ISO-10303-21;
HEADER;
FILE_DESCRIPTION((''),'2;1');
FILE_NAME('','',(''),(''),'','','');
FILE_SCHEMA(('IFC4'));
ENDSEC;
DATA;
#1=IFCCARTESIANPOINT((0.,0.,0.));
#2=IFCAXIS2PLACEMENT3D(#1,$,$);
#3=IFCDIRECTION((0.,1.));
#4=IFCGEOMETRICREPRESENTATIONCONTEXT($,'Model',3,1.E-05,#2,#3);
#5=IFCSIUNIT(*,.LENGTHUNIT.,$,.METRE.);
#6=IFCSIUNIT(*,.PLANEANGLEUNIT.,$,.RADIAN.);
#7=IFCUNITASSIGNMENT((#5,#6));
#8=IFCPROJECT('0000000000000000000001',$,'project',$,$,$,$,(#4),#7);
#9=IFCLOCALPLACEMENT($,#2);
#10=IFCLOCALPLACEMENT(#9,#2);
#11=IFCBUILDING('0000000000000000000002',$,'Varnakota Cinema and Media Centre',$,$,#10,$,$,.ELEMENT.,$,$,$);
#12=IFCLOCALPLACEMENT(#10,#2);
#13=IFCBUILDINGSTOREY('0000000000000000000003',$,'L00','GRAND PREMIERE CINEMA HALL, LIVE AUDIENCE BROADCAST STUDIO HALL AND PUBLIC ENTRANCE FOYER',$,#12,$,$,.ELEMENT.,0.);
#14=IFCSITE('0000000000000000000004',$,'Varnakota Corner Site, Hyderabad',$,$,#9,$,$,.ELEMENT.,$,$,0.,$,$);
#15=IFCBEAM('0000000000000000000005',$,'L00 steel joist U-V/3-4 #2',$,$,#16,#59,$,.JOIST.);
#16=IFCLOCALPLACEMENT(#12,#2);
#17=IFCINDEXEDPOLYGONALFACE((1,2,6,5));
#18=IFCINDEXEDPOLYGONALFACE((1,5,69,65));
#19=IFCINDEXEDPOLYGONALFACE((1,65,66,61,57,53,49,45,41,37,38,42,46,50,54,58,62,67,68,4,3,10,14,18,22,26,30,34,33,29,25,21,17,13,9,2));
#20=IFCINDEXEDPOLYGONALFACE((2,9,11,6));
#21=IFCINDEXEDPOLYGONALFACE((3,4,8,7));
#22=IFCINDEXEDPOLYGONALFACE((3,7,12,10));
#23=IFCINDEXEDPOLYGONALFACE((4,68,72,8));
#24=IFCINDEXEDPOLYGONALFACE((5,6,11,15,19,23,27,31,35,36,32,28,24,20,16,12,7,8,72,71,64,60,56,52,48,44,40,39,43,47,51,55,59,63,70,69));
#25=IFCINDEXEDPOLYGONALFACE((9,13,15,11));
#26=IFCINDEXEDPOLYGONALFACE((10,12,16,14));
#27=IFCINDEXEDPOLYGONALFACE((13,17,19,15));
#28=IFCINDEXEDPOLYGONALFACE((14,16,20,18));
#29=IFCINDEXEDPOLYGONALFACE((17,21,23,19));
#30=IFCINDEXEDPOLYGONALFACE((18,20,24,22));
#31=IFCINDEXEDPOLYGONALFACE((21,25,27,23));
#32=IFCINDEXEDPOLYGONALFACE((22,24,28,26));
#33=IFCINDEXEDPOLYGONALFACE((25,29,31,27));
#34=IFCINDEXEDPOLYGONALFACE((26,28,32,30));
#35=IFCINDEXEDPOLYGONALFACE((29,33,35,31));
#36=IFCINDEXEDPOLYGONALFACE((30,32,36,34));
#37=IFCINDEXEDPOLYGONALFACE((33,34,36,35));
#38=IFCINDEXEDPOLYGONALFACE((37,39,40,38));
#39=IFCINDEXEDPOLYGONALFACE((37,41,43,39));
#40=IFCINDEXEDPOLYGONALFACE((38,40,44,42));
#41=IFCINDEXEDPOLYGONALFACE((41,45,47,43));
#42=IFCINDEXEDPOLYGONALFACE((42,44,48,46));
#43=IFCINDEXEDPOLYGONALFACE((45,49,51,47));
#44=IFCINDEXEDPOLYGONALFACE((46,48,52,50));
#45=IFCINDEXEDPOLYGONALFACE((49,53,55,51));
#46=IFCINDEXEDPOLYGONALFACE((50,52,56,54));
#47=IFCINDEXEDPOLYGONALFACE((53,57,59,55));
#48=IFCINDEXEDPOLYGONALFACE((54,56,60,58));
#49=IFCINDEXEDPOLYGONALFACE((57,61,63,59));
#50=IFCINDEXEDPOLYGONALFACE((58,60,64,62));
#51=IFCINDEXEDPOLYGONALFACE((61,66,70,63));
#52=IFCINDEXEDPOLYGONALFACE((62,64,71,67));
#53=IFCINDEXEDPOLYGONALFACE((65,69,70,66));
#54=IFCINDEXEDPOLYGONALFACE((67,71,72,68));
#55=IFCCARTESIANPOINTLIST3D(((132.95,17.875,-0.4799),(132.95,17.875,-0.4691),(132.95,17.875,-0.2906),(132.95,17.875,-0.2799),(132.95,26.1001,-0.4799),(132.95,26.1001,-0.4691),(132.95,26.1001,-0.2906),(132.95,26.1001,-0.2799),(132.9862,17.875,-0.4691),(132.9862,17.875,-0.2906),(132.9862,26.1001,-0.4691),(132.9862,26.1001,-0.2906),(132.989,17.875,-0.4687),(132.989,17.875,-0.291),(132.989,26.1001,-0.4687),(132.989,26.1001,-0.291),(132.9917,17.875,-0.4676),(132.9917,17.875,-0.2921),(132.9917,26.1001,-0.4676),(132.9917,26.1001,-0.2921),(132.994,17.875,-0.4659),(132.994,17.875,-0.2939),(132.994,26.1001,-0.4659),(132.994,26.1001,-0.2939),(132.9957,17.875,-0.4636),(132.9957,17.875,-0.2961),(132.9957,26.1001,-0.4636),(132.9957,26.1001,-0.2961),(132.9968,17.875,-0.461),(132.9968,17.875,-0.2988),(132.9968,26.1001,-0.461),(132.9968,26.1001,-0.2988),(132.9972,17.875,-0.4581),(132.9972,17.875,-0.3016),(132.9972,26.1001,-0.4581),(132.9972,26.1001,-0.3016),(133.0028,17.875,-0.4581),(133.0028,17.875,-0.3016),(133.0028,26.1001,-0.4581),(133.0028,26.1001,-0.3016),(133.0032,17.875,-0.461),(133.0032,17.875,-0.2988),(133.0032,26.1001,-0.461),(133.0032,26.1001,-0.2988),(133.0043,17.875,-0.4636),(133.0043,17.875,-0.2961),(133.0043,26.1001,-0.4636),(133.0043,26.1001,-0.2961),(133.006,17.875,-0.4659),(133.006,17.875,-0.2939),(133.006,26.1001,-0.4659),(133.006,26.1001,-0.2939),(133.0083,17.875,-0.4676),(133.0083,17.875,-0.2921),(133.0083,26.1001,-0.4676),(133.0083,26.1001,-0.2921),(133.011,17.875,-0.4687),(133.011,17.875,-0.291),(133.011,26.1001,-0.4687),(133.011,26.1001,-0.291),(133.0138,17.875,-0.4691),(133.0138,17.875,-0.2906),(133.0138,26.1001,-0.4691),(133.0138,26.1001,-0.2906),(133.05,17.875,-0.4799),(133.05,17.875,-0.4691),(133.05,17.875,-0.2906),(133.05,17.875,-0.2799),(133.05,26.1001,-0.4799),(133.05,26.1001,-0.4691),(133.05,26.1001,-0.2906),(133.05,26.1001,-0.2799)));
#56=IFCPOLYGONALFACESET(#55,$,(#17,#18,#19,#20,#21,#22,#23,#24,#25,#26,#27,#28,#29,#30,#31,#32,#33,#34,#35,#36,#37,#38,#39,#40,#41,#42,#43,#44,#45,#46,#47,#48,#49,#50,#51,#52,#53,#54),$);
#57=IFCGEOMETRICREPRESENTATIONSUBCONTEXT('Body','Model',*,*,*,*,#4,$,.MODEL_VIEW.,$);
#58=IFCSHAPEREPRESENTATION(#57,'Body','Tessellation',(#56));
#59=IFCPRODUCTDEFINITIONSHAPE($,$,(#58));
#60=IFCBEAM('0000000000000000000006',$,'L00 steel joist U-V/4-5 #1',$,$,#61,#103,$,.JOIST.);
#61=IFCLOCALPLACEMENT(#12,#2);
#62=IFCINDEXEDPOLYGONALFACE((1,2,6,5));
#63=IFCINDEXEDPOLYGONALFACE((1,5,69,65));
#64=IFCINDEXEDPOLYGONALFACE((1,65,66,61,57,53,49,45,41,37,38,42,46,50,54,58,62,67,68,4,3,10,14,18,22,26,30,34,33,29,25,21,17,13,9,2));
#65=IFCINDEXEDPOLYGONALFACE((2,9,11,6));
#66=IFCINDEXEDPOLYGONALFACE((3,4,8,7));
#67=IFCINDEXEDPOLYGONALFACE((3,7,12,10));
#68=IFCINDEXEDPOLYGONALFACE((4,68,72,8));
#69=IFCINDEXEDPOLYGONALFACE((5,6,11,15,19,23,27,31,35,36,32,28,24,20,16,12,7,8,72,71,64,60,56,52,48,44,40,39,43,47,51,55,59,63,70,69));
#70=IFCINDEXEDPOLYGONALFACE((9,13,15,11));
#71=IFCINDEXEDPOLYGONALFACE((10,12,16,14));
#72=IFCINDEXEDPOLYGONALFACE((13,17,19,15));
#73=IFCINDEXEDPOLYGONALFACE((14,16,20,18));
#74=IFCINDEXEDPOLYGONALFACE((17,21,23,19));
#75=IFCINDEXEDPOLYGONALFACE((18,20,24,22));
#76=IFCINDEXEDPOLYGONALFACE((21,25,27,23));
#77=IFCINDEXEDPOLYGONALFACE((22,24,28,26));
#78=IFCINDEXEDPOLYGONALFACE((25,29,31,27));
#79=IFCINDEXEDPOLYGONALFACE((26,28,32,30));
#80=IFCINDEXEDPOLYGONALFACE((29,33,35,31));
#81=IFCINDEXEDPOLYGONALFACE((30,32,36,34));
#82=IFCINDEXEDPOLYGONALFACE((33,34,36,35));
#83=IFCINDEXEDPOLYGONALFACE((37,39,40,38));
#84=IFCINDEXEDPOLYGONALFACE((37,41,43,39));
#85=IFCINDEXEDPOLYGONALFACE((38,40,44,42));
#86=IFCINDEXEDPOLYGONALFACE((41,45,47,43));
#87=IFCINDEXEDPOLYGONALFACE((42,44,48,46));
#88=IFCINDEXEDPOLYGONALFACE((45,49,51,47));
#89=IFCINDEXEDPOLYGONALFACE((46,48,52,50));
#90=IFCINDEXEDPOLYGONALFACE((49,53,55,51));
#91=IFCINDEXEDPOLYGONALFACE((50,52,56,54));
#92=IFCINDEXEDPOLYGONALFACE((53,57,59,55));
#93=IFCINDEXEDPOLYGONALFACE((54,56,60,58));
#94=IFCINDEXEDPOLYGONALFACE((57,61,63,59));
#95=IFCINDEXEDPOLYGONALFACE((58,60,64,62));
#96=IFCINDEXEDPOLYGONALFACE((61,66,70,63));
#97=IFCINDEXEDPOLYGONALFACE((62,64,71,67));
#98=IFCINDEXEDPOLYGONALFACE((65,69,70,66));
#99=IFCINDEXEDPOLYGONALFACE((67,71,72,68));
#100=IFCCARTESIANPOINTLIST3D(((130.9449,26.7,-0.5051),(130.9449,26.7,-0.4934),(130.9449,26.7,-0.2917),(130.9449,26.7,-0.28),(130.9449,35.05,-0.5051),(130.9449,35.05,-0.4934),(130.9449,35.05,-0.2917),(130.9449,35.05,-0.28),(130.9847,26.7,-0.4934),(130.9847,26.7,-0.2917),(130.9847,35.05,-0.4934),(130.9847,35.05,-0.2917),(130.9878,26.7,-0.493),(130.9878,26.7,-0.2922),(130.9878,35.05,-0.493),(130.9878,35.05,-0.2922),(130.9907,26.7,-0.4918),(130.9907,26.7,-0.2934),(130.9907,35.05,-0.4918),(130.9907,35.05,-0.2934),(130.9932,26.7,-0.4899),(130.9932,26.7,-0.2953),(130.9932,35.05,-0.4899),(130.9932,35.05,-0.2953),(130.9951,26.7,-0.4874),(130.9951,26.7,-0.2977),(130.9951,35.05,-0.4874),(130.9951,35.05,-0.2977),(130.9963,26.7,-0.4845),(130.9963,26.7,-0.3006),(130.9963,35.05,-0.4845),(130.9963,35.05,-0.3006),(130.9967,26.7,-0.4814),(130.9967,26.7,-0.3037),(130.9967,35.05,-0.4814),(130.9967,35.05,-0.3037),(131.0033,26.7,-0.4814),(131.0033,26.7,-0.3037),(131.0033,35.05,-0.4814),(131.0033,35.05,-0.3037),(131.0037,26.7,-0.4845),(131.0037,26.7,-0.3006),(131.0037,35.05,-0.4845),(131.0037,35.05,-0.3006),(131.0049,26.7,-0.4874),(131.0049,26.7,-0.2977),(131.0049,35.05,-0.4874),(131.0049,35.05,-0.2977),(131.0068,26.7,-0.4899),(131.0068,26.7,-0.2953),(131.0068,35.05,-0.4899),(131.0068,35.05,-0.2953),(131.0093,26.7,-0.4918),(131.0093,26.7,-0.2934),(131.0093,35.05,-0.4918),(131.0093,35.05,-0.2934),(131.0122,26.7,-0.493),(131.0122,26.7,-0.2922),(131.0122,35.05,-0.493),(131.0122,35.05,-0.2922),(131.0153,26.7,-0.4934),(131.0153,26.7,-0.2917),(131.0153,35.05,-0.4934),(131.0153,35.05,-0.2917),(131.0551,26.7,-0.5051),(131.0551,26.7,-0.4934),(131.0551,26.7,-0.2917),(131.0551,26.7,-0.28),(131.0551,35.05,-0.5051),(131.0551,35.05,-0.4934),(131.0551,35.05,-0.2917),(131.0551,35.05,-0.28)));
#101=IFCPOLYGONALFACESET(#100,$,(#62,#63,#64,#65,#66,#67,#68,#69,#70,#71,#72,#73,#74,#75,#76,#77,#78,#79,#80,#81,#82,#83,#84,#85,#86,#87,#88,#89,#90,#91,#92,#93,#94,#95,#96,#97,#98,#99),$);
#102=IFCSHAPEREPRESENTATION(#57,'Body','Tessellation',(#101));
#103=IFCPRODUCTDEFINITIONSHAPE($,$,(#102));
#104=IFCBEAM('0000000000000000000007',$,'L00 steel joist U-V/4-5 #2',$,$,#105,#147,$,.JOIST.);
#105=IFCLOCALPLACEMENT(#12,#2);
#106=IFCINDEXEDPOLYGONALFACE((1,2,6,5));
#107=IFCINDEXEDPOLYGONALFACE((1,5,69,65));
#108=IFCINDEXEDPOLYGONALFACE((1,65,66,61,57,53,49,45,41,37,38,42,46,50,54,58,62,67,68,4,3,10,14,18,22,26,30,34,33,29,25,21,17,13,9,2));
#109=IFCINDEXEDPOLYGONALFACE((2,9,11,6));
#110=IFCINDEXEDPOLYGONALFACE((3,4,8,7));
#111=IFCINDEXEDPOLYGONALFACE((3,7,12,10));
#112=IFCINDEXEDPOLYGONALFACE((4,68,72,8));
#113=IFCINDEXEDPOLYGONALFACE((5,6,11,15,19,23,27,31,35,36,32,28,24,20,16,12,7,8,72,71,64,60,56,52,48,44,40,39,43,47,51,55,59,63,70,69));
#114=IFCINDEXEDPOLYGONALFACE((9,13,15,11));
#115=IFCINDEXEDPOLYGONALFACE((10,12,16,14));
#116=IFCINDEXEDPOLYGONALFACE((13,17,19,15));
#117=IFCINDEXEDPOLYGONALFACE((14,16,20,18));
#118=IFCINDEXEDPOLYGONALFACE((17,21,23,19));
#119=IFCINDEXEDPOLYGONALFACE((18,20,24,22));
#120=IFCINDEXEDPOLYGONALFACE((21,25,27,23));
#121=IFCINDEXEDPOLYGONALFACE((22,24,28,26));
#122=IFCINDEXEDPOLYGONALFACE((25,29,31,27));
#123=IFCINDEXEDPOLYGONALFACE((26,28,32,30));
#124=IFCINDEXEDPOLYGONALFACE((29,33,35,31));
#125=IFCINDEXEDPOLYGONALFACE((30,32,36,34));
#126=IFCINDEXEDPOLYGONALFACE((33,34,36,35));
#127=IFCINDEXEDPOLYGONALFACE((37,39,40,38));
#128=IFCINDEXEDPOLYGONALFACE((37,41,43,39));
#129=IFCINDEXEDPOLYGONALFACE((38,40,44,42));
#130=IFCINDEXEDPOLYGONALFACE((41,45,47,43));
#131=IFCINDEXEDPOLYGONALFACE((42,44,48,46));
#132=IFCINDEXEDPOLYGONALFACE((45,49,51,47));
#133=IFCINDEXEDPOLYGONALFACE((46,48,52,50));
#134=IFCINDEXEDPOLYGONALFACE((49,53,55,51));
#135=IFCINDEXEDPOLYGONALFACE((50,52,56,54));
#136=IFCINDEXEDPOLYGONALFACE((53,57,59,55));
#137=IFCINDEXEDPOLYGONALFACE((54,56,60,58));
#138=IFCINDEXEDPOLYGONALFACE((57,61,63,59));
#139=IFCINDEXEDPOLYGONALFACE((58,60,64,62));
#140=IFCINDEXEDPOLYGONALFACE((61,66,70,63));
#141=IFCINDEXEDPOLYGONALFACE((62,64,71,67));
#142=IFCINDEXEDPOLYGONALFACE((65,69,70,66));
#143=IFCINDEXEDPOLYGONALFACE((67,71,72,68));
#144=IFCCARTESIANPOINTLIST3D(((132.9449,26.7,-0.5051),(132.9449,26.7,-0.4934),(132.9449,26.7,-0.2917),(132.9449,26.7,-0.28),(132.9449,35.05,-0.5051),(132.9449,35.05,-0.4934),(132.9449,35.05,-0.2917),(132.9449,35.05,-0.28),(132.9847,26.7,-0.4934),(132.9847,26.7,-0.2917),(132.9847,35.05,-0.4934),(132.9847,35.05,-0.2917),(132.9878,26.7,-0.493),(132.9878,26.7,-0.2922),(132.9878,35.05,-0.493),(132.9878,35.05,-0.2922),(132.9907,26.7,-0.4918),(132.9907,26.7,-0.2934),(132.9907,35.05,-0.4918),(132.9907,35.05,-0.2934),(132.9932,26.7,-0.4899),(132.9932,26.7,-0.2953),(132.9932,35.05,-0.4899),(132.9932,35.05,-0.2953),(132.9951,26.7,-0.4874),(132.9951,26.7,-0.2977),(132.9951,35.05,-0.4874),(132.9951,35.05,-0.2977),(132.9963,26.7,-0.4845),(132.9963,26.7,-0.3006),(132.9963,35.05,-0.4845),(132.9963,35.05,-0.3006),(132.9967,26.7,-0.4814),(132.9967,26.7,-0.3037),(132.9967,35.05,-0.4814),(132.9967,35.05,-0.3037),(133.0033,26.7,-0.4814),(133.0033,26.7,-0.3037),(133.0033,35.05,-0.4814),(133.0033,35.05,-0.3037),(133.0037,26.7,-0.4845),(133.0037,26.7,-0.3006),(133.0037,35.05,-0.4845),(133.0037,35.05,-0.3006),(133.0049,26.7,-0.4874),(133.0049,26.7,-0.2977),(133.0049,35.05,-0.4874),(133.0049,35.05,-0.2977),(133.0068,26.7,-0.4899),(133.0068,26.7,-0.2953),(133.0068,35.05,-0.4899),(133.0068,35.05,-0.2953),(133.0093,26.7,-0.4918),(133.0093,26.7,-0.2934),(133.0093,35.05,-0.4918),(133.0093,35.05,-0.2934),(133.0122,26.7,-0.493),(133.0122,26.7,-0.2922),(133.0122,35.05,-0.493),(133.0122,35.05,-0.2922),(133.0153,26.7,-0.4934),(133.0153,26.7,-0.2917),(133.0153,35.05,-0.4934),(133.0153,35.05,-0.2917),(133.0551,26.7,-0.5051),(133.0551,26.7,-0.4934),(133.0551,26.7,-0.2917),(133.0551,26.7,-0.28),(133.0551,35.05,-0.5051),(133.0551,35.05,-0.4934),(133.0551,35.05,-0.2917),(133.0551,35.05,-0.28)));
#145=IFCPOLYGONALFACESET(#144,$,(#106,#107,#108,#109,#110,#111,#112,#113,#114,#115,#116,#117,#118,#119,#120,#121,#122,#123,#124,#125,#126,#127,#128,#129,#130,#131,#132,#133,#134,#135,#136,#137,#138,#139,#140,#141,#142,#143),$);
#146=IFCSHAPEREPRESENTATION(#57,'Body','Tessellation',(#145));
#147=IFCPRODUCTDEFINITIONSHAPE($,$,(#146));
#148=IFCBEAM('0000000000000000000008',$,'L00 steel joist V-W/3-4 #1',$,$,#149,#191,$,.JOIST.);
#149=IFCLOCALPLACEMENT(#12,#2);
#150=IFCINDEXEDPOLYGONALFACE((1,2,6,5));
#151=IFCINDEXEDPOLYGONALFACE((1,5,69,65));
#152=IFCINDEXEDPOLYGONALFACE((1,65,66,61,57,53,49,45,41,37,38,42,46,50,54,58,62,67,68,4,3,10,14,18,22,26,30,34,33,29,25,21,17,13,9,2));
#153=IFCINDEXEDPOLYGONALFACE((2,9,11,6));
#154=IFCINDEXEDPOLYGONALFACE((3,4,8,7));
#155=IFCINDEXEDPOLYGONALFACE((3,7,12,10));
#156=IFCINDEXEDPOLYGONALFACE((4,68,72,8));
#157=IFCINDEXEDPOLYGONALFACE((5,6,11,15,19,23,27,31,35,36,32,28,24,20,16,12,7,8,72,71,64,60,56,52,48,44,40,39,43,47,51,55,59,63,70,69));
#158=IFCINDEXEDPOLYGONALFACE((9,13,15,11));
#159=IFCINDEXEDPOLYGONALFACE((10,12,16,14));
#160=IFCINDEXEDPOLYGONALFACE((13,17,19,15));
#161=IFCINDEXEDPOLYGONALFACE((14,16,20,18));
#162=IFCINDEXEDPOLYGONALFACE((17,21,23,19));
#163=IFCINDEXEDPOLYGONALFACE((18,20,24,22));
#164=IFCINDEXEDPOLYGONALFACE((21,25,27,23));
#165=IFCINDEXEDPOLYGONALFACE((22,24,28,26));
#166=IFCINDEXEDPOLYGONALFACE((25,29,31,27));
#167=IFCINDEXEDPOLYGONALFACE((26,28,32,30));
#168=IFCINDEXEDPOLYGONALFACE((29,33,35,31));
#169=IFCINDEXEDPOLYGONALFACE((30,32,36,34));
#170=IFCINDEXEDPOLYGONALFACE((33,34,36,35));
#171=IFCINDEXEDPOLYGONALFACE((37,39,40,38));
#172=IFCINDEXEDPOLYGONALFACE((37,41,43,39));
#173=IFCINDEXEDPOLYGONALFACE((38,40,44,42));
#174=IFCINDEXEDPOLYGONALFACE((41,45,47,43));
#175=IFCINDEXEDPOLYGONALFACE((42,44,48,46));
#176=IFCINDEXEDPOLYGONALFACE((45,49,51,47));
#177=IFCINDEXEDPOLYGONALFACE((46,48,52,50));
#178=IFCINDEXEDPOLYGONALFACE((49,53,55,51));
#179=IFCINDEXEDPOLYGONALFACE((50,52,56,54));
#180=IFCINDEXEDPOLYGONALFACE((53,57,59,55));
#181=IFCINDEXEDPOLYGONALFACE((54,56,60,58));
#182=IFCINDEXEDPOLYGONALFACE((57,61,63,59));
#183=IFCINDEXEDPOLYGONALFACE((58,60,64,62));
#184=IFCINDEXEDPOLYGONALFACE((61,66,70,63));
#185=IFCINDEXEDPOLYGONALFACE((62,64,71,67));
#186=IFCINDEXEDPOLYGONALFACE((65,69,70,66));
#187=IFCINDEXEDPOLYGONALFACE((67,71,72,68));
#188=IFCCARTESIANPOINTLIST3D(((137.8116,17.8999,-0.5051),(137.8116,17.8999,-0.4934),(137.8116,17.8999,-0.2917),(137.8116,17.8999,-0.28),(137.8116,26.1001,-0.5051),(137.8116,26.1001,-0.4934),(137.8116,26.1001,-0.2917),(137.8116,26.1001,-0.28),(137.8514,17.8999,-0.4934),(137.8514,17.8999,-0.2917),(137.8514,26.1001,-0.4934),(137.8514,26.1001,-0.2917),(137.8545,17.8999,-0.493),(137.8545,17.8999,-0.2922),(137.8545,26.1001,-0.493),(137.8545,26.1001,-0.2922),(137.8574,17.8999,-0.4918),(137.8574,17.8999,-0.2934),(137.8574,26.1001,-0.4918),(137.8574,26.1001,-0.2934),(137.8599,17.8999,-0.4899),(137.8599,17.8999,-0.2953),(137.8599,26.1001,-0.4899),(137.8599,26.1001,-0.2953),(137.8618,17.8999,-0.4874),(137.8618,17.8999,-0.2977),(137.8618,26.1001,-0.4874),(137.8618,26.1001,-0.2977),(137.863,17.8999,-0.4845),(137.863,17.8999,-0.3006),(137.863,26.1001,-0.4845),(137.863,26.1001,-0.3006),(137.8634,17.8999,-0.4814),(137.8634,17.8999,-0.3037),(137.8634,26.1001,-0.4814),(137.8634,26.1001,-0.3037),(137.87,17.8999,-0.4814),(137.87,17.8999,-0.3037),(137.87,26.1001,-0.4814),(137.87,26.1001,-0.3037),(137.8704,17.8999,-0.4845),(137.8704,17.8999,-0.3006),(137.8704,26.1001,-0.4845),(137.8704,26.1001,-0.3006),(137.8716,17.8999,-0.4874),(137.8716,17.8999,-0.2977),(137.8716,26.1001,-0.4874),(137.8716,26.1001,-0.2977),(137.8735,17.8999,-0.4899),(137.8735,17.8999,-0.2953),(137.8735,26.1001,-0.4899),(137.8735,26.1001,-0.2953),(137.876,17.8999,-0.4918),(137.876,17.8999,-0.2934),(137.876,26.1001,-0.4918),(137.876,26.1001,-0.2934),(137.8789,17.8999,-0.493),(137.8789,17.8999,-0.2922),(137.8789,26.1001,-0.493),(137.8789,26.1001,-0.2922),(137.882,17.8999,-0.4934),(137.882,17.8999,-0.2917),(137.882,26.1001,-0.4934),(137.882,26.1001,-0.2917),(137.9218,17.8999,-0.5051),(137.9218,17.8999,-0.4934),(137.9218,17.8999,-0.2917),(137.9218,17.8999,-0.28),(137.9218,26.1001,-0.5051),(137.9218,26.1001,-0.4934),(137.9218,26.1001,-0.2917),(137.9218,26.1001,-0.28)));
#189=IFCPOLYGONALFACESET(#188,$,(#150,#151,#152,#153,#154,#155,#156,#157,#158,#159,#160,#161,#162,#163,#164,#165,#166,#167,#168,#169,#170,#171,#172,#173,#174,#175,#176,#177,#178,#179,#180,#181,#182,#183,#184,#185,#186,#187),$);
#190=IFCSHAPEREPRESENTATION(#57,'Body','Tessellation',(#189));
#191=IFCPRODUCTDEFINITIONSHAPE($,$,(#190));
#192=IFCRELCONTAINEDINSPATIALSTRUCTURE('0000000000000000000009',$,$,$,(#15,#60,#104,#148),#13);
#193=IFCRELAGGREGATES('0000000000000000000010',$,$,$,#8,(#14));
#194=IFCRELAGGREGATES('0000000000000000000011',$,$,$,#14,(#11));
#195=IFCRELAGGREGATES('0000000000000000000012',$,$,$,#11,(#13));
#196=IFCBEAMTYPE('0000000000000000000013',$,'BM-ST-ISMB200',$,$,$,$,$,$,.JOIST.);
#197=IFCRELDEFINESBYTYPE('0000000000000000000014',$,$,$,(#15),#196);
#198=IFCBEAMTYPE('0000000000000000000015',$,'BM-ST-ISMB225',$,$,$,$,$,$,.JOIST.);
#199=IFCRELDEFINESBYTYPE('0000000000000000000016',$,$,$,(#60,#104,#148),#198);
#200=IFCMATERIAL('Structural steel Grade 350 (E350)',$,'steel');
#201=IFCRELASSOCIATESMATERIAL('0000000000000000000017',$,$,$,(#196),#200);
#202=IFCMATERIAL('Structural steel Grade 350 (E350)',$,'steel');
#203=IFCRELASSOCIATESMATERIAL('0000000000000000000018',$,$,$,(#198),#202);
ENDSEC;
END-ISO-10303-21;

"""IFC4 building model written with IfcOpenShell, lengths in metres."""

from ifc_helpers import new_model, si_unit, direction, frame, origin, origin_2d, place, context, subcontext, project, spatial, i_section, extrude, material, material_profile, profile_set, type_object, element, save


model = new_model("IFC4")

# Units and contexts
model_context = context("Model", 3, precision=1e-05, world=origin(), true_north=direction((0.0, 1.0)))
body_context = subcontext(model_context, "Body", "Model", "MODEL_VIEW")
ifc_project = project(units=[si_unit("LENGTHUNIT", "METRE"), si_unit("PLANEANGLEUNIT", "RADIAN")], contexts=[model_context])

# Site, building, storey
site_placement = place(None, origin())
site = spatial("IfcSite", under=ifc_project, at=site_placement, Name="Varnakota Corner Site, Hyderabad", CompositionType="ELEMENT", RefElevation=0.0)
building_placement = place(site_placement, origin())
building = spatial("IfcBuilding", under=site, at=building_placement, Name="Varnakota Cinema and Media Centre", CompositionType="ELEMENT")
storey_placement = place(building_placement, origin())
storey = spatial("IfcBuildingStorey", under=building, at=storey_placement, Name="L00", Description="GRAND PREMIERE CINEMA HALL, LIVE AUDIENCE BROADCAST STUDIO HALL AND PUBLIC ENTRANCE FOYER", CompositionType="ELEMENT", Elevation=0.0)

# Beams
ifc_material_1 = material(Name="Structural steel Grade 350 (E350)", Category="steel")
ifc_material_profile_1 = material_profile(ifc_material_1, i_section(OverallWidth=0.1001, OverallDepth=0.2, WebThickness=0.0056, FlangeThickness=0.0107, FilletRadius=0.011, at=origin_2d()), Name="ISMB 200")
ifc_profile_set_1 = profile_set([ifc_material_profile_1], Name="Structural steel Grade 350 (E350)")
beam_type_1 = type_object("IfcBeamType", Name="BM-ST-ISMB200", PredefinedType="JOIST", material=ifc_profile_set_1)
for number, where, z_axis, x_axis, name in (
    (1, (133.0, 17.875, -0.3799), (0.0, 1.0, 0.0), (-1.0, 0.0, 0.0), "L00 steel joist U-V/3-4 #2"),
):
    element("IfcBeam", number, at=place(storey_placement, frame(where, z_axis=z_axis, x_axis=x_axis)), inside=storey, type_object=beam_type_1, Name=name, PredefinedType="JOIST", context=body_context, shape_type="SweptSolid", body=[
        extrude(i_section(OverallWidth=0.1001, OverallDepth=0.2, WebThickness=0.0056, FlangeThickness=0.0107, FilletRadius=0.011, at=origin_2d()), origin(), (0.0, 0.0, 1.0), 8.2251),
    ])
ifc_material_2 = material(Name="Structural steel Grade 350 (E350)", Category="steel")
ifc_material_profile_2 = material_profile(ifc_material_2, i_section(OverallWidth=0.1101, OverallDepth=0.2251, WebThickness=0.0066, FlangeThickness=0.0117, FilletRadius=0.012, at=origin_2d()), Name="ISMB 225")
ifc_profile_set_2 = profile_set([ifc_material_profile_2], Name="Structural steel Grade 350 (E350)")
beam_type_2 = type_object("IfcBeamType", Name="BM-ST-ISMB225", PredefinedType="JOIST", material=ifc_profile_set_2)
for number, where, z_axis, x_axis, name in (
    (2, (131.0, 26.7, -0.3926), (0.0, 1.0, 0.0), (-1.0, 0.0, 0.0), "L00 steel joist U-V/4-5 #1"),
    (3, (133.0, 26.7, -0.3926), (0.0, 1.0, 0.0), (-1.0, 0.0, 0.0), "L00 steel joist U-V/4-5 #2"),
):
    element("IfcBeam", number, at=place(storey_placement, frame(where, z_axis=z_axis, x_axis=x_axis)), inside=storey, type_object=beam_type_2, Name=name, PredefinedType="JOIST", context=body_context, shape_type="SweptSolid", body=[
        extrude(i_section(OverallWidth=0.1101, OverallDepth=0.2251, WebThickness=0.0066, FlangeThickness=0.0117, FilletRadius=0.012, at=origin_2d()), origin(), (0.0, 0.0, 1.0), 8.3501),
    ])
beam_1_placement = place(storey_placement, frame((137.8667, 17.8999, -0.3926), z_axis=(0.0, 1.0, 0.0), x_axis=(-1.0, 0.0, 0.0)))
element("IfcBeam", 4, at=beam_1_placement, inside=storey, type_object=beam_type_2, Name="L00 steel joist V-W/3-4 #1", PredefinedType="JOIST", context=body_context, shape_type="SweptSolid", body=[
    extrude(i_section(OverallWidth=0.1101, OverallDepth=0.2251, WebThickness=0.0066, FlangeThickness=0.0117, FilletRadius=0.012, at=origin_2d()), origin(), (0.0, 0.0, 1.0), 8.2002),
])

save(model, "model.ifc")
